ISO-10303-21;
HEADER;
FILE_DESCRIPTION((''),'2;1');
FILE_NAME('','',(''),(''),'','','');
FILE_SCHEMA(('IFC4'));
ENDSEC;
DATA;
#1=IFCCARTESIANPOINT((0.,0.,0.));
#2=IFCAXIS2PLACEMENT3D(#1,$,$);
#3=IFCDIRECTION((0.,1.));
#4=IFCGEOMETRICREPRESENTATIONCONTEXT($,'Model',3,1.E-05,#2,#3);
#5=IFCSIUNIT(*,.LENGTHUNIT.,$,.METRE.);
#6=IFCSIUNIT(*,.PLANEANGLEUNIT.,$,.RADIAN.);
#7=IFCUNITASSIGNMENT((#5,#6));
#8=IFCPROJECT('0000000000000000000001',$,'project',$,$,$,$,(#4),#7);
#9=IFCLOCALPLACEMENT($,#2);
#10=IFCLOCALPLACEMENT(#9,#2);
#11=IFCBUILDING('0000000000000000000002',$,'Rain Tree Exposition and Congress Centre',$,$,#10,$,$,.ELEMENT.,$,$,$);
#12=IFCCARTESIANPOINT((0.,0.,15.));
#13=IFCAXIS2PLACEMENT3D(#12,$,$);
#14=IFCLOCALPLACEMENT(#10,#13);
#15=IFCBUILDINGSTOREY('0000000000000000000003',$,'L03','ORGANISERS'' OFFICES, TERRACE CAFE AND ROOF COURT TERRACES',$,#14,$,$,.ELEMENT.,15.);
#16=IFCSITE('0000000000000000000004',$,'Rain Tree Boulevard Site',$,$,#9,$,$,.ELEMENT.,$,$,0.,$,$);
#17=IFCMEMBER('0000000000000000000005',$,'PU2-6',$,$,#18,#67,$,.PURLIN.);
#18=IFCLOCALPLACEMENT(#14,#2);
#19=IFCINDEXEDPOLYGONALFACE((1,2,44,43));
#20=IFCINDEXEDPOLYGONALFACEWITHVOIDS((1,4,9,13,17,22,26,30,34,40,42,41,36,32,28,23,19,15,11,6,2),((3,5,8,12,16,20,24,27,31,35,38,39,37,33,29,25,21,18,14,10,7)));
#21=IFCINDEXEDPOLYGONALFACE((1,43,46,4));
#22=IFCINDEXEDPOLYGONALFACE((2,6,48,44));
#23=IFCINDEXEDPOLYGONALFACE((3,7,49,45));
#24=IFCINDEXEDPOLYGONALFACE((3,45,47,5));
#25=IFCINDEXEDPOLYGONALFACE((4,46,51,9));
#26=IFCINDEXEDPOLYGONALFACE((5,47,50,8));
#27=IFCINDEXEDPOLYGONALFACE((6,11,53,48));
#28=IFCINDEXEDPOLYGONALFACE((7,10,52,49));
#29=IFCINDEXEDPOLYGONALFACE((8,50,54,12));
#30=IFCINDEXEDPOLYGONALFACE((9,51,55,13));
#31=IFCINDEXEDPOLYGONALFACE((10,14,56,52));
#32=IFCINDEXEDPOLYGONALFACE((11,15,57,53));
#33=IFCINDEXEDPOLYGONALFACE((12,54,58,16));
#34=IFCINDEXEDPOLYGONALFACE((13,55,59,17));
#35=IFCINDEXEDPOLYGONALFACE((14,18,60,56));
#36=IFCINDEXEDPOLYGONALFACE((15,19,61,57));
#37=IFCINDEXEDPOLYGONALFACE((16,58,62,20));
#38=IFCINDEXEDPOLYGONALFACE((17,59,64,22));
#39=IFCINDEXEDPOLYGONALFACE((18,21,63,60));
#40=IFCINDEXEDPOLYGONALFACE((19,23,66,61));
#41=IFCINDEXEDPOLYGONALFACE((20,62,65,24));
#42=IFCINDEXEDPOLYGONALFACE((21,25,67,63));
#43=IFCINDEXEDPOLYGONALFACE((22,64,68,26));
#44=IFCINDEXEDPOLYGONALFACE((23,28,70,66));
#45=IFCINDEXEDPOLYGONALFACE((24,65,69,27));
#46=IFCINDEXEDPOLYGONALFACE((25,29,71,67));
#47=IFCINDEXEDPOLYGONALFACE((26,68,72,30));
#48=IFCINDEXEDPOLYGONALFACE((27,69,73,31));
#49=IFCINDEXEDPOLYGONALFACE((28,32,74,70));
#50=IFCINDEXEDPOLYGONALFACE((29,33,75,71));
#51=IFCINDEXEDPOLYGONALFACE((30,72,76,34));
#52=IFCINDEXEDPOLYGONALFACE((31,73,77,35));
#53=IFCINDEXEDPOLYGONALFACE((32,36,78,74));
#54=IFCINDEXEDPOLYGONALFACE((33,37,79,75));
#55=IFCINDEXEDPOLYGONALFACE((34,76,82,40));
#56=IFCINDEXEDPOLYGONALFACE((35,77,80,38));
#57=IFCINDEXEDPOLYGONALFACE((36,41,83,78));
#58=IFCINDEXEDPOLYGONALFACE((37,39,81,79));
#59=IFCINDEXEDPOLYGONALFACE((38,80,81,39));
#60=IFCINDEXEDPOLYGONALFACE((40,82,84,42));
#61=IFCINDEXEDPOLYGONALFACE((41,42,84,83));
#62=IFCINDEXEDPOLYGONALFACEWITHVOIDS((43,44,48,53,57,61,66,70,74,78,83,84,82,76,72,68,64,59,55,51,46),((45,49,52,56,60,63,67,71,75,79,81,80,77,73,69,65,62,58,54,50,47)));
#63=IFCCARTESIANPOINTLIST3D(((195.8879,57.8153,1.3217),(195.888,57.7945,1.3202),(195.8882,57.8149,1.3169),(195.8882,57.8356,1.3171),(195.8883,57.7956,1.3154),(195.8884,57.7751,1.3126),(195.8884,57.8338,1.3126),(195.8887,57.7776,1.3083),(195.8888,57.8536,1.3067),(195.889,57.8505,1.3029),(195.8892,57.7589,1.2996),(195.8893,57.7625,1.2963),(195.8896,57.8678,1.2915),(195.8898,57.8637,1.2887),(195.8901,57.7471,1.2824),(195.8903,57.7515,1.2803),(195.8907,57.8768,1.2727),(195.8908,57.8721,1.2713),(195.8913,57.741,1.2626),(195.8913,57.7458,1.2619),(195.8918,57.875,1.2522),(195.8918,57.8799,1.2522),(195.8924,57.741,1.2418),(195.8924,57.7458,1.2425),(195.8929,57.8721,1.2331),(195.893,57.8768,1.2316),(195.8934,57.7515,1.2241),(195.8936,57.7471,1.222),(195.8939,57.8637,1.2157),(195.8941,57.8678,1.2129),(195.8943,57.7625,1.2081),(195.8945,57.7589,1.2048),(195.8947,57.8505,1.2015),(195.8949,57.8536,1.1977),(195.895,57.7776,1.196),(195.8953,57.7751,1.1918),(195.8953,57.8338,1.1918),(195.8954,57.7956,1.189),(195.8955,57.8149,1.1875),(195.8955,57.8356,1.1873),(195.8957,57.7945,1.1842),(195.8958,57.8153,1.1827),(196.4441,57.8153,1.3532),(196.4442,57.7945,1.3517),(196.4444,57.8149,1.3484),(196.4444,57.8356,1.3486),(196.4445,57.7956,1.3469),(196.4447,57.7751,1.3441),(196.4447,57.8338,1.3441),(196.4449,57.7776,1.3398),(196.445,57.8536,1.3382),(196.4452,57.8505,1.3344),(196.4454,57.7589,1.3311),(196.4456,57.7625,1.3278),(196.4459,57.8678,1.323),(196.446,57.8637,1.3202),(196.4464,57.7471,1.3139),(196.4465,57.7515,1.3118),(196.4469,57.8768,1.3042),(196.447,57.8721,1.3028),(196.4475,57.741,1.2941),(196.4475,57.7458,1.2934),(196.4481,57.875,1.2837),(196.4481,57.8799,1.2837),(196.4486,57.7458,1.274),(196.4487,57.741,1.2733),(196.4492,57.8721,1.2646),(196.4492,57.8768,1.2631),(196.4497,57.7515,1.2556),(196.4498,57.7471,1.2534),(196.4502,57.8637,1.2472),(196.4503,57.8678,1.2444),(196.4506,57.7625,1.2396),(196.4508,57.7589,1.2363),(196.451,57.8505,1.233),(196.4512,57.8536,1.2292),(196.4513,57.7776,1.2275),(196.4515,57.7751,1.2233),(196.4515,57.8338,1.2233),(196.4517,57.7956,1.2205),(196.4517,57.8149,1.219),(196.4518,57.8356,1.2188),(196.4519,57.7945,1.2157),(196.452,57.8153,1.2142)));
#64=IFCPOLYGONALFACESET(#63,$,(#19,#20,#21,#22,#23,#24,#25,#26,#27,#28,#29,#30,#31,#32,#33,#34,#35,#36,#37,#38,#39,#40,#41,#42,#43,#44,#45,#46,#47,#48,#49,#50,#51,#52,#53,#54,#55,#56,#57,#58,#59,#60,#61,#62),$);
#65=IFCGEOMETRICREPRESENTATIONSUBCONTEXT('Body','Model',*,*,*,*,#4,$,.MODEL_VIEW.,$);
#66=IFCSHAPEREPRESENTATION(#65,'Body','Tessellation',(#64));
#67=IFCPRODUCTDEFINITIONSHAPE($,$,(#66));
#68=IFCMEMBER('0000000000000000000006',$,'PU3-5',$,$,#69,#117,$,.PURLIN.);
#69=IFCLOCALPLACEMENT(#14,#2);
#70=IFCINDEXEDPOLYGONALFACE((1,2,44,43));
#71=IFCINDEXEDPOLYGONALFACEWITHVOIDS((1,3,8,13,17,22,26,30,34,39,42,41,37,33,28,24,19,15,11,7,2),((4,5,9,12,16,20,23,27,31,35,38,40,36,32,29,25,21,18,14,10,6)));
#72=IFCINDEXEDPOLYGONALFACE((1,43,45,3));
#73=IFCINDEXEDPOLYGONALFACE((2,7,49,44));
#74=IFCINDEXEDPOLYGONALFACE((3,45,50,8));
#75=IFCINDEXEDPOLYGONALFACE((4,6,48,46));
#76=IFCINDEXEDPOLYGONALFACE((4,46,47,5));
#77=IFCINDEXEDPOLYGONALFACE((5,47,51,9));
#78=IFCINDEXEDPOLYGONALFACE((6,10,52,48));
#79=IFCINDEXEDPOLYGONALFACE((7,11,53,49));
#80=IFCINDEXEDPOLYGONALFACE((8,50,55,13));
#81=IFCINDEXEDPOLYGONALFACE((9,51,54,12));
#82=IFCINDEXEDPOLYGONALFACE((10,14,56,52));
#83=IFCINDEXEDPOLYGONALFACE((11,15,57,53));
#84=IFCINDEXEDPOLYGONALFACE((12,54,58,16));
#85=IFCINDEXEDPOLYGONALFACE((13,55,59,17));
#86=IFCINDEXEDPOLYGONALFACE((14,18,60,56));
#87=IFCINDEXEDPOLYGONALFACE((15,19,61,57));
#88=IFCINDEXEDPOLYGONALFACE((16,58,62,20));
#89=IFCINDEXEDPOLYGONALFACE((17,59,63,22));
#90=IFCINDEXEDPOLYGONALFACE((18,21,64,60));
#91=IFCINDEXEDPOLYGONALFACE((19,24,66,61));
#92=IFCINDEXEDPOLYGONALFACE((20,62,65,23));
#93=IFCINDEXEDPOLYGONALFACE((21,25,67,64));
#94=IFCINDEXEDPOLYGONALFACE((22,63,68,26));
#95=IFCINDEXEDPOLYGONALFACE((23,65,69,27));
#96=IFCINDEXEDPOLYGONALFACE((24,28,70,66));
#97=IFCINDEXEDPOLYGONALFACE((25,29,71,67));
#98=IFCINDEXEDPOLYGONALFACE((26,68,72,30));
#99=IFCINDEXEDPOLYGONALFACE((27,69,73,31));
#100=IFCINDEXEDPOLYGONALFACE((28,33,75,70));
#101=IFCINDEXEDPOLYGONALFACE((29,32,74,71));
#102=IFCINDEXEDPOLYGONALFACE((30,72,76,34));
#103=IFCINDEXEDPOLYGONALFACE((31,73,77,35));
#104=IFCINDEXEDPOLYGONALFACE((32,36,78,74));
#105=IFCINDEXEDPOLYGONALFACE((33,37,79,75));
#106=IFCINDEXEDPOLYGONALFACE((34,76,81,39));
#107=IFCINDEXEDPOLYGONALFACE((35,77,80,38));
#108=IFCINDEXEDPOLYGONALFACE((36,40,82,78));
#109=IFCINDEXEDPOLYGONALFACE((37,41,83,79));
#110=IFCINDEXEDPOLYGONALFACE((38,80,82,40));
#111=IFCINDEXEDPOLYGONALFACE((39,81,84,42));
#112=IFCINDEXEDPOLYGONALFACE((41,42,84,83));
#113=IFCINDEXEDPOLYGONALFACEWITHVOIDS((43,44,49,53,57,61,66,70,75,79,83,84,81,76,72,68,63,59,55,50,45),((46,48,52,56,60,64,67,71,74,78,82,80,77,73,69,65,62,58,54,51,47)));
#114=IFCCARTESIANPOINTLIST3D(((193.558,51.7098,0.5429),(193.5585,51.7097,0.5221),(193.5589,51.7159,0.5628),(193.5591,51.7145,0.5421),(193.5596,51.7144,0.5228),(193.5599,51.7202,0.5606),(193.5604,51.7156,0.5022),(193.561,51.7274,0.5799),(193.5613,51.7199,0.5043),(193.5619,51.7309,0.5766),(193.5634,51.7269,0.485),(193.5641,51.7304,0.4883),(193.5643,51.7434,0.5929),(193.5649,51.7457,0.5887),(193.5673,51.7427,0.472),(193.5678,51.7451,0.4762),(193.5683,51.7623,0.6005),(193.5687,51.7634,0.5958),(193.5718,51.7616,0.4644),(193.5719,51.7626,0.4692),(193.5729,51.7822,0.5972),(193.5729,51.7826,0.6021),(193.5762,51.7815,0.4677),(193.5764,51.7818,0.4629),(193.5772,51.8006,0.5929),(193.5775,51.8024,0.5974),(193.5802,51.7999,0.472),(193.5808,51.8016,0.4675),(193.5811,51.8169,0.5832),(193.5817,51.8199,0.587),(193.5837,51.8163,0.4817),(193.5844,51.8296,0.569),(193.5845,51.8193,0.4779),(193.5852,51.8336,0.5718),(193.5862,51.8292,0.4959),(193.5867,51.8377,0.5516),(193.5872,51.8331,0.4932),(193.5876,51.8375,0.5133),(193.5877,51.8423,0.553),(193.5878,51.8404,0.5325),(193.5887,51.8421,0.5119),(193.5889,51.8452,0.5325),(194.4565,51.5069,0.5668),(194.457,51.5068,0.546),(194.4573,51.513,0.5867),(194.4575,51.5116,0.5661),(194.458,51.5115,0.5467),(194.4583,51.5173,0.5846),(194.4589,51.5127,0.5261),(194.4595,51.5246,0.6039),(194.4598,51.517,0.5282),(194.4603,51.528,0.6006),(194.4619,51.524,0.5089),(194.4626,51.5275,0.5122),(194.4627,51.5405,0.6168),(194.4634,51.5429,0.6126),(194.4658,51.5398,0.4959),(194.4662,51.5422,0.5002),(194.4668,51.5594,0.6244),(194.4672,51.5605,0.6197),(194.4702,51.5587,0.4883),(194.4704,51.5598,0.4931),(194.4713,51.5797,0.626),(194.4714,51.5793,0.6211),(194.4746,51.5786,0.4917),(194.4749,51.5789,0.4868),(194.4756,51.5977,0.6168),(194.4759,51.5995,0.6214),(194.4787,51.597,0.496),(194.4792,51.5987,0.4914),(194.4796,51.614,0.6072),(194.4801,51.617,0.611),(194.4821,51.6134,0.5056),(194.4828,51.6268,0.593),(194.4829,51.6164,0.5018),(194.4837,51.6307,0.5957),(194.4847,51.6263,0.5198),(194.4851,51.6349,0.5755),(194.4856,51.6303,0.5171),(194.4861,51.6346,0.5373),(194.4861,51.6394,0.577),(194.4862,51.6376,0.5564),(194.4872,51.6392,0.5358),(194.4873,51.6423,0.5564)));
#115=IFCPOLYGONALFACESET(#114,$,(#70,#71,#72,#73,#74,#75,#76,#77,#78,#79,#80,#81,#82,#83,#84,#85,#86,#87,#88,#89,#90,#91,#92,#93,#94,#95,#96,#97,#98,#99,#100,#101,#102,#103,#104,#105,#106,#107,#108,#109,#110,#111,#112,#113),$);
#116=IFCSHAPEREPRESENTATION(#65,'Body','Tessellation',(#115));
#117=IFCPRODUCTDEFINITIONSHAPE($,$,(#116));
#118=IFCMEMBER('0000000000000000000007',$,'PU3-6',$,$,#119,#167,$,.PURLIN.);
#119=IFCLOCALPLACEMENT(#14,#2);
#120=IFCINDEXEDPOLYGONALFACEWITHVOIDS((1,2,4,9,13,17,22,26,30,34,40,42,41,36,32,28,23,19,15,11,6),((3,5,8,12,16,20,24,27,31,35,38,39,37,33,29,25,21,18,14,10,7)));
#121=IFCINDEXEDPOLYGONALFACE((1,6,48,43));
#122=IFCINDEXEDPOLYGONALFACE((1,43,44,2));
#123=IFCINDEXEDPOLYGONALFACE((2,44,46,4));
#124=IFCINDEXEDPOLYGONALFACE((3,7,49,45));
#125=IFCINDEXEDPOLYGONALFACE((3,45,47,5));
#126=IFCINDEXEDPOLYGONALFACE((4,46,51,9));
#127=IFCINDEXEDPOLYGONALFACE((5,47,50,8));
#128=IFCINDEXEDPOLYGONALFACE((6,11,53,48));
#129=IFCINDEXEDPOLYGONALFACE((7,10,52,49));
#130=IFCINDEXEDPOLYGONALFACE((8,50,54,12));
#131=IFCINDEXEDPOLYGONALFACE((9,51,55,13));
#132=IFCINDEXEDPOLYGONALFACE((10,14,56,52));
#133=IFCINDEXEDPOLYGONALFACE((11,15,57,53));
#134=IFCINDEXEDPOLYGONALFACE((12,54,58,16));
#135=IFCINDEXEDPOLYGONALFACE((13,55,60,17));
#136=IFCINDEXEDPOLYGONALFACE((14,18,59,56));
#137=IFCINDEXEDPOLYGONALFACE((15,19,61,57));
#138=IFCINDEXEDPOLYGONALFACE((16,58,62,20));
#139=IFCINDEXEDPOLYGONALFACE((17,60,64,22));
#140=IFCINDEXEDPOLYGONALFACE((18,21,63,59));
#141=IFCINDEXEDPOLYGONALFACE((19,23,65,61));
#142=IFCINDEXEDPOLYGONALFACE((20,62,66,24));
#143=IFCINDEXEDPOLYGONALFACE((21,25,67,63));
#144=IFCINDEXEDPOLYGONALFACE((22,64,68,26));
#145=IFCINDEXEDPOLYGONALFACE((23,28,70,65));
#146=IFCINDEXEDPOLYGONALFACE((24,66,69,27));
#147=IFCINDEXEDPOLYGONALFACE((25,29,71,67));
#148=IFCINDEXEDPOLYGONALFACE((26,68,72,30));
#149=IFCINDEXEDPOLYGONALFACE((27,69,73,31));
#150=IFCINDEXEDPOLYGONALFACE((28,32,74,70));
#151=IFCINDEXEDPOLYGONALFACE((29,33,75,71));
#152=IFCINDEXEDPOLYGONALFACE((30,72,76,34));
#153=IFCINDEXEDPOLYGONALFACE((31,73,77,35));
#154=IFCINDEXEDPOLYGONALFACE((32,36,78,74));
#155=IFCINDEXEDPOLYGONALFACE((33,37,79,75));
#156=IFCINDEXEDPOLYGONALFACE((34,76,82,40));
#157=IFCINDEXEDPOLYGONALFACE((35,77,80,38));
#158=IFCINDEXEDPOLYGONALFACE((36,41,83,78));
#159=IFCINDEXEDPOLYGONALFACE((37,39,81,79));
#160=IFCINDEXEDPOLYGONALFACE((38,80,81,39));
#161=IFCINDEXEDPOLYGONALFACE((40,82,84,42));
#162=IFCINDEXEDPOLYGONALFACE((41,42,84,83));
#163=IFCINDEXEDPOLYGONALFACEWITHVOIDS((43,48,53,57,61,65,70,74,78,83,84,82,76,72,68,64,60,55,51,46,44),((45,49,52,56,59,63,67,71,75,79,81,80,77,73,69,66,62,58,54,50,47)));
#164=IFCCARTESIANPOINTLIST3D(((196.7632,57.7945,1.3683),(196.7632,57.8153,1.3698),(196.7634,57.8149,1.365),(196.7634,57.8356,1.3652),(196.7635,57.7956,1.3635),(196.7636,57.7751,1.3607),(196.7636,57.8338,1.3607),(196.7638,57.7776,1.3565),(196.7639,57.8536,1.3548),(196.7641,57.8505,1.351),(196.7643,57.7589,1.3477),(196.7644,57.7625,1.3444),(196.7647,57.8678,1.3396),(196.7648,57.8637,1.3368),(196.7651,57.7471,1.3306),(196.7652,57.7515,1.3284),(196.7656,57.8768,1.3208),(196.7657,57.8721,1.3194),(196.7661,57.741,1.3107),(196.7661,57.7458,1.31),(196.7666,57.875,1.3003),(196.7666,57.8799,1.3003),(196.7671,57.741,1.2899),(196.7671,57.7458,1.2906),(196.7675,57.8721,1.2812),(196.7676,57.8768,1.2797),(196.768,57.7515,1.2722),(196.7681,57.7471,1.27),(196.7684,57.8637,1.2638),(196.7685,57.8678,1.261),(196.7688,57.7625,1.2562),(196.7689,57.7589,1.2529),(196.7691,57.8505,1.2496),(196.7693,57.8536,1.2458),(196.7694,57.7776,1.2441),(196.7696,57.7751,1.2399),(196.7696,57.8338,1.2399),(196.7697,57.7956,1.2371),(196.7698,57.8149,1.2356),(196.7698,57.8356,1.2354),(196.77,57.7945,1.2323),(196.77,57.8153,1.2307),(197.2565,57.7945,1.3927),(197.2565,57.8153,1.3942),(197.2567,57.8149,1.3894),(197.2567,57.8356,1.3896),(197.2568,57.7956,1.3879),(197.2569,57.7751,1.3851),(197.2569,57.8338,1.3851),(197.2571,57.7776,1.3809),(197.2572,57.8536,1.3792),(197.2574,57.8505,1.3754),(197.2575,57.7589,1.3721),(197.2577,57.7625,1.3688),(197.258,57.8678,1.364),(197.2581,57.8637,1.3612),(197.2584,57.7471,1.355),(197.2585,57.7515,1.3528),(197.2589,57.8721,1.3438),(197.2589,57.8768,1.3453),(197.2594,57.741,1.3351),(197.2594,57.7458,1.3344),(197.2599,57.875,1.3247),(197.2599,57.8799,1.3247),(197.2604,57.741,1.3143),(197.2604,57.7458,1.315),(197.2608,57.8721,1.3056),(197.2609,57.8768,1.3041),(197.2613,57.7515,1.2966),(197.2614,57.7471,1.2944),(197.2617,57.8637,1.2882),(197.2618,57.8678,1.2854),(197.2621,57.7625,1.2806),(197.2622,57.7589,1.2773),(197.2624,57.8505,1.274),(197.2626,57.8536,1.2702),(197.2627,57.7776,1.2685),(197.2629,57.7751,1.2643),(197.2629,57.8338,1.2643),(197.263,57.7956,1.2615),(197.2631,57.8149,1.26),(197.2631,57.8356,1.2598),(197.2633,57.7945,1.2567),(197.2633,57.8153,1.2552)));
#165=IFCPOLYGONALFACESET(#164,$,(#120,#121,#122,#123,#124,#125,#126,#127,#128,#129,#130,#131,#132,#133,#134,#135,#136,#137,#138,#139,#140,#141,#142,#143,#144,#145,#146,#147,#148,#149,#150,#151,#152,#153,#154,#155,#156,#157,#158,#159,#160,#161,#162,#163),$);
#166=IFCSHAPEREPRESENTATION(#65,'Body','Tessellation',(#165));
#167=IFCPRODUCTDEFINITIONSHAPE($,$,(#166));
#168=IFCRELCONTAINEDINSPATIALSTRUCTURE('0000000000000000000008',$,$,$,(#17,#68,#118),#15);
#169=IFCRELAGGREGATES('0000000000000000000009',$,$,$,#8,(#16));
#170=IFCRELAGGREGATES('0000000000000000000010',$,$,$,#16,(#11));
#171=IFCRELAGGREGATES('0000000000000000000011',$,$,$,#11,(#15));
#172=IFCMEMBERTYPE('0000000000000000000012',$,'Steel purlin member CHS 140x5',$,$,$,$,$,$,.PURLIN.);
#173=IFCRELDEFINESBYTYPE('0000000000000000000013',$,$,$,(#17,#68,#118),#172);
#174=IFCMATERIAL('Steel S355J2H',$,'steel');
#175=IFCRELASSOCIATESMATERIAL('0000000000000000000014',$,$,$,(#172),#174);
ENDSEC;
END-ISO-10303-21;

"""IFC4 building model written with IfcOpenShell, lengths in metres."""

from ifc_helpers import new_model, si_unit, direction, frame, origin, origin_2d, place, context, subcontext, project, spatial, hollow_circle, extrude, material, material_profile, profile_set, type_object, element, save


model = new_model("IFC4")

# Units and contexts
model_context = context("Model", 3, precision=1e-05, world=origin(), true_north=direction((0.0, 1.0)))
body_context = subcontext(model_context, "Body", "Model", "MODEL_VIEW")
ifc_project = project(units=[si_unit("LENGTHUNIT", "METRE"), si_unit("PLANEANGLEUNIT", "RADIAN")], contexts=[model_context])

# Site, building, storey
site_placement = place(None, origin())
site = spatial("IfcSite", under=ifc_project, at=site_placement, Name="Rain Tree Boulevard Site", CompositionType="ELEMENT", RefElevation=0.0)
building_placement = place(site_placement, origin())
building = spatial("IfcBuilding", under=site, at=building_placement, Name="Rain Tree Exposition and Congress Centre", CompositionType="ELEMENT")
storey_placement = place(building_placement, frame((0.0, 0.0, 15.0)))
storey = spatial("IfcBuildingStorey", under=building, at=storey_placement, Name="L03", Description="ORGANISERS' OFFICES, TERRACE CAFE AND ROOF COURT TERRACES", CompositionType="ELEMENT", Elevation=15.0)

# Members
ifc_material_1 = material(Name="Steel S355J2H", Category="steel")
ifc_material_profile_1 = material_profile(ifc_material_1, hollow_circle(Radius=0.0698, WallThickness=0.0049, at=origin_2d()), Name="CHS 140x5")
ifc_profile_set_1 = profile_set([ifc_material_profile_1], Name="Steel S355J2H")
member_type_1 = type_object("IfcMemberType", Name="Steel purlin member CHS 140x5", PredefinedType="PURLIN", material=ifc_profile_set_1)
member_1_placement = place(storey_placement, frame((195.8918, 57.8101, 1.2522), z_axis=(0.9984, 0.0, 0.056538), x_axis=(0.0, 1.0, 0.0)))
element("IfcMember", 1, at=member_1_placement, inside=storey, type_object=member_type_1, Name="PU2-6", PredefinedType="PURLIN", context=body_context, shape_type="SweptSolid", body=[
    extrude(hollow_circle(Radius=0.0698, WallThickness=0.0049, at=origin_2d()), origin(), (0.0, 0.0, 1.0), 0.5571),
])
member_2_placement = place(storey_placement, frame((193.5735, 51.7771, 0.5325), z_axis=(0.97511, -0.220195, 0.025968), x_axis=(0.220269, 0.975439, 0.0)))
element("IfcMember", 2, at=member_2_placement, inside=storey, type_object=member_type_1, Name="PU3-5", PredefinedType="PURLIN", context=body_context, shape_type="SweptSolid", body=[
    extrude(hollow_circle(Radius=0.0698, WallThickness=0.0049, at=origin_2d()), origin(), (0.0, 0.0, 1.0), 0.9214),
])
member_3_placement = place(storey_placement, frame((196.7666, 57.8101, 1.3003), z_axis=(0.998778, 0.0, 0.04942), x_axis=(0.0, 1.0, 0.0)))
element("IfcMember", 3, at=member_3_placement, inside=storey, type_object=member_type_1, Name="PU3-6", PredefinedType="PURLIN", context=body_context, shape_type="SweptSolid", body=[
    extrude(hollow_circle(Radius=0.0698, WallThickness=0.0049, at=origin_2d()), origin(), (0.0, 0.0, 1.0), 0.4939),
])

save(model, "model.ifc")
